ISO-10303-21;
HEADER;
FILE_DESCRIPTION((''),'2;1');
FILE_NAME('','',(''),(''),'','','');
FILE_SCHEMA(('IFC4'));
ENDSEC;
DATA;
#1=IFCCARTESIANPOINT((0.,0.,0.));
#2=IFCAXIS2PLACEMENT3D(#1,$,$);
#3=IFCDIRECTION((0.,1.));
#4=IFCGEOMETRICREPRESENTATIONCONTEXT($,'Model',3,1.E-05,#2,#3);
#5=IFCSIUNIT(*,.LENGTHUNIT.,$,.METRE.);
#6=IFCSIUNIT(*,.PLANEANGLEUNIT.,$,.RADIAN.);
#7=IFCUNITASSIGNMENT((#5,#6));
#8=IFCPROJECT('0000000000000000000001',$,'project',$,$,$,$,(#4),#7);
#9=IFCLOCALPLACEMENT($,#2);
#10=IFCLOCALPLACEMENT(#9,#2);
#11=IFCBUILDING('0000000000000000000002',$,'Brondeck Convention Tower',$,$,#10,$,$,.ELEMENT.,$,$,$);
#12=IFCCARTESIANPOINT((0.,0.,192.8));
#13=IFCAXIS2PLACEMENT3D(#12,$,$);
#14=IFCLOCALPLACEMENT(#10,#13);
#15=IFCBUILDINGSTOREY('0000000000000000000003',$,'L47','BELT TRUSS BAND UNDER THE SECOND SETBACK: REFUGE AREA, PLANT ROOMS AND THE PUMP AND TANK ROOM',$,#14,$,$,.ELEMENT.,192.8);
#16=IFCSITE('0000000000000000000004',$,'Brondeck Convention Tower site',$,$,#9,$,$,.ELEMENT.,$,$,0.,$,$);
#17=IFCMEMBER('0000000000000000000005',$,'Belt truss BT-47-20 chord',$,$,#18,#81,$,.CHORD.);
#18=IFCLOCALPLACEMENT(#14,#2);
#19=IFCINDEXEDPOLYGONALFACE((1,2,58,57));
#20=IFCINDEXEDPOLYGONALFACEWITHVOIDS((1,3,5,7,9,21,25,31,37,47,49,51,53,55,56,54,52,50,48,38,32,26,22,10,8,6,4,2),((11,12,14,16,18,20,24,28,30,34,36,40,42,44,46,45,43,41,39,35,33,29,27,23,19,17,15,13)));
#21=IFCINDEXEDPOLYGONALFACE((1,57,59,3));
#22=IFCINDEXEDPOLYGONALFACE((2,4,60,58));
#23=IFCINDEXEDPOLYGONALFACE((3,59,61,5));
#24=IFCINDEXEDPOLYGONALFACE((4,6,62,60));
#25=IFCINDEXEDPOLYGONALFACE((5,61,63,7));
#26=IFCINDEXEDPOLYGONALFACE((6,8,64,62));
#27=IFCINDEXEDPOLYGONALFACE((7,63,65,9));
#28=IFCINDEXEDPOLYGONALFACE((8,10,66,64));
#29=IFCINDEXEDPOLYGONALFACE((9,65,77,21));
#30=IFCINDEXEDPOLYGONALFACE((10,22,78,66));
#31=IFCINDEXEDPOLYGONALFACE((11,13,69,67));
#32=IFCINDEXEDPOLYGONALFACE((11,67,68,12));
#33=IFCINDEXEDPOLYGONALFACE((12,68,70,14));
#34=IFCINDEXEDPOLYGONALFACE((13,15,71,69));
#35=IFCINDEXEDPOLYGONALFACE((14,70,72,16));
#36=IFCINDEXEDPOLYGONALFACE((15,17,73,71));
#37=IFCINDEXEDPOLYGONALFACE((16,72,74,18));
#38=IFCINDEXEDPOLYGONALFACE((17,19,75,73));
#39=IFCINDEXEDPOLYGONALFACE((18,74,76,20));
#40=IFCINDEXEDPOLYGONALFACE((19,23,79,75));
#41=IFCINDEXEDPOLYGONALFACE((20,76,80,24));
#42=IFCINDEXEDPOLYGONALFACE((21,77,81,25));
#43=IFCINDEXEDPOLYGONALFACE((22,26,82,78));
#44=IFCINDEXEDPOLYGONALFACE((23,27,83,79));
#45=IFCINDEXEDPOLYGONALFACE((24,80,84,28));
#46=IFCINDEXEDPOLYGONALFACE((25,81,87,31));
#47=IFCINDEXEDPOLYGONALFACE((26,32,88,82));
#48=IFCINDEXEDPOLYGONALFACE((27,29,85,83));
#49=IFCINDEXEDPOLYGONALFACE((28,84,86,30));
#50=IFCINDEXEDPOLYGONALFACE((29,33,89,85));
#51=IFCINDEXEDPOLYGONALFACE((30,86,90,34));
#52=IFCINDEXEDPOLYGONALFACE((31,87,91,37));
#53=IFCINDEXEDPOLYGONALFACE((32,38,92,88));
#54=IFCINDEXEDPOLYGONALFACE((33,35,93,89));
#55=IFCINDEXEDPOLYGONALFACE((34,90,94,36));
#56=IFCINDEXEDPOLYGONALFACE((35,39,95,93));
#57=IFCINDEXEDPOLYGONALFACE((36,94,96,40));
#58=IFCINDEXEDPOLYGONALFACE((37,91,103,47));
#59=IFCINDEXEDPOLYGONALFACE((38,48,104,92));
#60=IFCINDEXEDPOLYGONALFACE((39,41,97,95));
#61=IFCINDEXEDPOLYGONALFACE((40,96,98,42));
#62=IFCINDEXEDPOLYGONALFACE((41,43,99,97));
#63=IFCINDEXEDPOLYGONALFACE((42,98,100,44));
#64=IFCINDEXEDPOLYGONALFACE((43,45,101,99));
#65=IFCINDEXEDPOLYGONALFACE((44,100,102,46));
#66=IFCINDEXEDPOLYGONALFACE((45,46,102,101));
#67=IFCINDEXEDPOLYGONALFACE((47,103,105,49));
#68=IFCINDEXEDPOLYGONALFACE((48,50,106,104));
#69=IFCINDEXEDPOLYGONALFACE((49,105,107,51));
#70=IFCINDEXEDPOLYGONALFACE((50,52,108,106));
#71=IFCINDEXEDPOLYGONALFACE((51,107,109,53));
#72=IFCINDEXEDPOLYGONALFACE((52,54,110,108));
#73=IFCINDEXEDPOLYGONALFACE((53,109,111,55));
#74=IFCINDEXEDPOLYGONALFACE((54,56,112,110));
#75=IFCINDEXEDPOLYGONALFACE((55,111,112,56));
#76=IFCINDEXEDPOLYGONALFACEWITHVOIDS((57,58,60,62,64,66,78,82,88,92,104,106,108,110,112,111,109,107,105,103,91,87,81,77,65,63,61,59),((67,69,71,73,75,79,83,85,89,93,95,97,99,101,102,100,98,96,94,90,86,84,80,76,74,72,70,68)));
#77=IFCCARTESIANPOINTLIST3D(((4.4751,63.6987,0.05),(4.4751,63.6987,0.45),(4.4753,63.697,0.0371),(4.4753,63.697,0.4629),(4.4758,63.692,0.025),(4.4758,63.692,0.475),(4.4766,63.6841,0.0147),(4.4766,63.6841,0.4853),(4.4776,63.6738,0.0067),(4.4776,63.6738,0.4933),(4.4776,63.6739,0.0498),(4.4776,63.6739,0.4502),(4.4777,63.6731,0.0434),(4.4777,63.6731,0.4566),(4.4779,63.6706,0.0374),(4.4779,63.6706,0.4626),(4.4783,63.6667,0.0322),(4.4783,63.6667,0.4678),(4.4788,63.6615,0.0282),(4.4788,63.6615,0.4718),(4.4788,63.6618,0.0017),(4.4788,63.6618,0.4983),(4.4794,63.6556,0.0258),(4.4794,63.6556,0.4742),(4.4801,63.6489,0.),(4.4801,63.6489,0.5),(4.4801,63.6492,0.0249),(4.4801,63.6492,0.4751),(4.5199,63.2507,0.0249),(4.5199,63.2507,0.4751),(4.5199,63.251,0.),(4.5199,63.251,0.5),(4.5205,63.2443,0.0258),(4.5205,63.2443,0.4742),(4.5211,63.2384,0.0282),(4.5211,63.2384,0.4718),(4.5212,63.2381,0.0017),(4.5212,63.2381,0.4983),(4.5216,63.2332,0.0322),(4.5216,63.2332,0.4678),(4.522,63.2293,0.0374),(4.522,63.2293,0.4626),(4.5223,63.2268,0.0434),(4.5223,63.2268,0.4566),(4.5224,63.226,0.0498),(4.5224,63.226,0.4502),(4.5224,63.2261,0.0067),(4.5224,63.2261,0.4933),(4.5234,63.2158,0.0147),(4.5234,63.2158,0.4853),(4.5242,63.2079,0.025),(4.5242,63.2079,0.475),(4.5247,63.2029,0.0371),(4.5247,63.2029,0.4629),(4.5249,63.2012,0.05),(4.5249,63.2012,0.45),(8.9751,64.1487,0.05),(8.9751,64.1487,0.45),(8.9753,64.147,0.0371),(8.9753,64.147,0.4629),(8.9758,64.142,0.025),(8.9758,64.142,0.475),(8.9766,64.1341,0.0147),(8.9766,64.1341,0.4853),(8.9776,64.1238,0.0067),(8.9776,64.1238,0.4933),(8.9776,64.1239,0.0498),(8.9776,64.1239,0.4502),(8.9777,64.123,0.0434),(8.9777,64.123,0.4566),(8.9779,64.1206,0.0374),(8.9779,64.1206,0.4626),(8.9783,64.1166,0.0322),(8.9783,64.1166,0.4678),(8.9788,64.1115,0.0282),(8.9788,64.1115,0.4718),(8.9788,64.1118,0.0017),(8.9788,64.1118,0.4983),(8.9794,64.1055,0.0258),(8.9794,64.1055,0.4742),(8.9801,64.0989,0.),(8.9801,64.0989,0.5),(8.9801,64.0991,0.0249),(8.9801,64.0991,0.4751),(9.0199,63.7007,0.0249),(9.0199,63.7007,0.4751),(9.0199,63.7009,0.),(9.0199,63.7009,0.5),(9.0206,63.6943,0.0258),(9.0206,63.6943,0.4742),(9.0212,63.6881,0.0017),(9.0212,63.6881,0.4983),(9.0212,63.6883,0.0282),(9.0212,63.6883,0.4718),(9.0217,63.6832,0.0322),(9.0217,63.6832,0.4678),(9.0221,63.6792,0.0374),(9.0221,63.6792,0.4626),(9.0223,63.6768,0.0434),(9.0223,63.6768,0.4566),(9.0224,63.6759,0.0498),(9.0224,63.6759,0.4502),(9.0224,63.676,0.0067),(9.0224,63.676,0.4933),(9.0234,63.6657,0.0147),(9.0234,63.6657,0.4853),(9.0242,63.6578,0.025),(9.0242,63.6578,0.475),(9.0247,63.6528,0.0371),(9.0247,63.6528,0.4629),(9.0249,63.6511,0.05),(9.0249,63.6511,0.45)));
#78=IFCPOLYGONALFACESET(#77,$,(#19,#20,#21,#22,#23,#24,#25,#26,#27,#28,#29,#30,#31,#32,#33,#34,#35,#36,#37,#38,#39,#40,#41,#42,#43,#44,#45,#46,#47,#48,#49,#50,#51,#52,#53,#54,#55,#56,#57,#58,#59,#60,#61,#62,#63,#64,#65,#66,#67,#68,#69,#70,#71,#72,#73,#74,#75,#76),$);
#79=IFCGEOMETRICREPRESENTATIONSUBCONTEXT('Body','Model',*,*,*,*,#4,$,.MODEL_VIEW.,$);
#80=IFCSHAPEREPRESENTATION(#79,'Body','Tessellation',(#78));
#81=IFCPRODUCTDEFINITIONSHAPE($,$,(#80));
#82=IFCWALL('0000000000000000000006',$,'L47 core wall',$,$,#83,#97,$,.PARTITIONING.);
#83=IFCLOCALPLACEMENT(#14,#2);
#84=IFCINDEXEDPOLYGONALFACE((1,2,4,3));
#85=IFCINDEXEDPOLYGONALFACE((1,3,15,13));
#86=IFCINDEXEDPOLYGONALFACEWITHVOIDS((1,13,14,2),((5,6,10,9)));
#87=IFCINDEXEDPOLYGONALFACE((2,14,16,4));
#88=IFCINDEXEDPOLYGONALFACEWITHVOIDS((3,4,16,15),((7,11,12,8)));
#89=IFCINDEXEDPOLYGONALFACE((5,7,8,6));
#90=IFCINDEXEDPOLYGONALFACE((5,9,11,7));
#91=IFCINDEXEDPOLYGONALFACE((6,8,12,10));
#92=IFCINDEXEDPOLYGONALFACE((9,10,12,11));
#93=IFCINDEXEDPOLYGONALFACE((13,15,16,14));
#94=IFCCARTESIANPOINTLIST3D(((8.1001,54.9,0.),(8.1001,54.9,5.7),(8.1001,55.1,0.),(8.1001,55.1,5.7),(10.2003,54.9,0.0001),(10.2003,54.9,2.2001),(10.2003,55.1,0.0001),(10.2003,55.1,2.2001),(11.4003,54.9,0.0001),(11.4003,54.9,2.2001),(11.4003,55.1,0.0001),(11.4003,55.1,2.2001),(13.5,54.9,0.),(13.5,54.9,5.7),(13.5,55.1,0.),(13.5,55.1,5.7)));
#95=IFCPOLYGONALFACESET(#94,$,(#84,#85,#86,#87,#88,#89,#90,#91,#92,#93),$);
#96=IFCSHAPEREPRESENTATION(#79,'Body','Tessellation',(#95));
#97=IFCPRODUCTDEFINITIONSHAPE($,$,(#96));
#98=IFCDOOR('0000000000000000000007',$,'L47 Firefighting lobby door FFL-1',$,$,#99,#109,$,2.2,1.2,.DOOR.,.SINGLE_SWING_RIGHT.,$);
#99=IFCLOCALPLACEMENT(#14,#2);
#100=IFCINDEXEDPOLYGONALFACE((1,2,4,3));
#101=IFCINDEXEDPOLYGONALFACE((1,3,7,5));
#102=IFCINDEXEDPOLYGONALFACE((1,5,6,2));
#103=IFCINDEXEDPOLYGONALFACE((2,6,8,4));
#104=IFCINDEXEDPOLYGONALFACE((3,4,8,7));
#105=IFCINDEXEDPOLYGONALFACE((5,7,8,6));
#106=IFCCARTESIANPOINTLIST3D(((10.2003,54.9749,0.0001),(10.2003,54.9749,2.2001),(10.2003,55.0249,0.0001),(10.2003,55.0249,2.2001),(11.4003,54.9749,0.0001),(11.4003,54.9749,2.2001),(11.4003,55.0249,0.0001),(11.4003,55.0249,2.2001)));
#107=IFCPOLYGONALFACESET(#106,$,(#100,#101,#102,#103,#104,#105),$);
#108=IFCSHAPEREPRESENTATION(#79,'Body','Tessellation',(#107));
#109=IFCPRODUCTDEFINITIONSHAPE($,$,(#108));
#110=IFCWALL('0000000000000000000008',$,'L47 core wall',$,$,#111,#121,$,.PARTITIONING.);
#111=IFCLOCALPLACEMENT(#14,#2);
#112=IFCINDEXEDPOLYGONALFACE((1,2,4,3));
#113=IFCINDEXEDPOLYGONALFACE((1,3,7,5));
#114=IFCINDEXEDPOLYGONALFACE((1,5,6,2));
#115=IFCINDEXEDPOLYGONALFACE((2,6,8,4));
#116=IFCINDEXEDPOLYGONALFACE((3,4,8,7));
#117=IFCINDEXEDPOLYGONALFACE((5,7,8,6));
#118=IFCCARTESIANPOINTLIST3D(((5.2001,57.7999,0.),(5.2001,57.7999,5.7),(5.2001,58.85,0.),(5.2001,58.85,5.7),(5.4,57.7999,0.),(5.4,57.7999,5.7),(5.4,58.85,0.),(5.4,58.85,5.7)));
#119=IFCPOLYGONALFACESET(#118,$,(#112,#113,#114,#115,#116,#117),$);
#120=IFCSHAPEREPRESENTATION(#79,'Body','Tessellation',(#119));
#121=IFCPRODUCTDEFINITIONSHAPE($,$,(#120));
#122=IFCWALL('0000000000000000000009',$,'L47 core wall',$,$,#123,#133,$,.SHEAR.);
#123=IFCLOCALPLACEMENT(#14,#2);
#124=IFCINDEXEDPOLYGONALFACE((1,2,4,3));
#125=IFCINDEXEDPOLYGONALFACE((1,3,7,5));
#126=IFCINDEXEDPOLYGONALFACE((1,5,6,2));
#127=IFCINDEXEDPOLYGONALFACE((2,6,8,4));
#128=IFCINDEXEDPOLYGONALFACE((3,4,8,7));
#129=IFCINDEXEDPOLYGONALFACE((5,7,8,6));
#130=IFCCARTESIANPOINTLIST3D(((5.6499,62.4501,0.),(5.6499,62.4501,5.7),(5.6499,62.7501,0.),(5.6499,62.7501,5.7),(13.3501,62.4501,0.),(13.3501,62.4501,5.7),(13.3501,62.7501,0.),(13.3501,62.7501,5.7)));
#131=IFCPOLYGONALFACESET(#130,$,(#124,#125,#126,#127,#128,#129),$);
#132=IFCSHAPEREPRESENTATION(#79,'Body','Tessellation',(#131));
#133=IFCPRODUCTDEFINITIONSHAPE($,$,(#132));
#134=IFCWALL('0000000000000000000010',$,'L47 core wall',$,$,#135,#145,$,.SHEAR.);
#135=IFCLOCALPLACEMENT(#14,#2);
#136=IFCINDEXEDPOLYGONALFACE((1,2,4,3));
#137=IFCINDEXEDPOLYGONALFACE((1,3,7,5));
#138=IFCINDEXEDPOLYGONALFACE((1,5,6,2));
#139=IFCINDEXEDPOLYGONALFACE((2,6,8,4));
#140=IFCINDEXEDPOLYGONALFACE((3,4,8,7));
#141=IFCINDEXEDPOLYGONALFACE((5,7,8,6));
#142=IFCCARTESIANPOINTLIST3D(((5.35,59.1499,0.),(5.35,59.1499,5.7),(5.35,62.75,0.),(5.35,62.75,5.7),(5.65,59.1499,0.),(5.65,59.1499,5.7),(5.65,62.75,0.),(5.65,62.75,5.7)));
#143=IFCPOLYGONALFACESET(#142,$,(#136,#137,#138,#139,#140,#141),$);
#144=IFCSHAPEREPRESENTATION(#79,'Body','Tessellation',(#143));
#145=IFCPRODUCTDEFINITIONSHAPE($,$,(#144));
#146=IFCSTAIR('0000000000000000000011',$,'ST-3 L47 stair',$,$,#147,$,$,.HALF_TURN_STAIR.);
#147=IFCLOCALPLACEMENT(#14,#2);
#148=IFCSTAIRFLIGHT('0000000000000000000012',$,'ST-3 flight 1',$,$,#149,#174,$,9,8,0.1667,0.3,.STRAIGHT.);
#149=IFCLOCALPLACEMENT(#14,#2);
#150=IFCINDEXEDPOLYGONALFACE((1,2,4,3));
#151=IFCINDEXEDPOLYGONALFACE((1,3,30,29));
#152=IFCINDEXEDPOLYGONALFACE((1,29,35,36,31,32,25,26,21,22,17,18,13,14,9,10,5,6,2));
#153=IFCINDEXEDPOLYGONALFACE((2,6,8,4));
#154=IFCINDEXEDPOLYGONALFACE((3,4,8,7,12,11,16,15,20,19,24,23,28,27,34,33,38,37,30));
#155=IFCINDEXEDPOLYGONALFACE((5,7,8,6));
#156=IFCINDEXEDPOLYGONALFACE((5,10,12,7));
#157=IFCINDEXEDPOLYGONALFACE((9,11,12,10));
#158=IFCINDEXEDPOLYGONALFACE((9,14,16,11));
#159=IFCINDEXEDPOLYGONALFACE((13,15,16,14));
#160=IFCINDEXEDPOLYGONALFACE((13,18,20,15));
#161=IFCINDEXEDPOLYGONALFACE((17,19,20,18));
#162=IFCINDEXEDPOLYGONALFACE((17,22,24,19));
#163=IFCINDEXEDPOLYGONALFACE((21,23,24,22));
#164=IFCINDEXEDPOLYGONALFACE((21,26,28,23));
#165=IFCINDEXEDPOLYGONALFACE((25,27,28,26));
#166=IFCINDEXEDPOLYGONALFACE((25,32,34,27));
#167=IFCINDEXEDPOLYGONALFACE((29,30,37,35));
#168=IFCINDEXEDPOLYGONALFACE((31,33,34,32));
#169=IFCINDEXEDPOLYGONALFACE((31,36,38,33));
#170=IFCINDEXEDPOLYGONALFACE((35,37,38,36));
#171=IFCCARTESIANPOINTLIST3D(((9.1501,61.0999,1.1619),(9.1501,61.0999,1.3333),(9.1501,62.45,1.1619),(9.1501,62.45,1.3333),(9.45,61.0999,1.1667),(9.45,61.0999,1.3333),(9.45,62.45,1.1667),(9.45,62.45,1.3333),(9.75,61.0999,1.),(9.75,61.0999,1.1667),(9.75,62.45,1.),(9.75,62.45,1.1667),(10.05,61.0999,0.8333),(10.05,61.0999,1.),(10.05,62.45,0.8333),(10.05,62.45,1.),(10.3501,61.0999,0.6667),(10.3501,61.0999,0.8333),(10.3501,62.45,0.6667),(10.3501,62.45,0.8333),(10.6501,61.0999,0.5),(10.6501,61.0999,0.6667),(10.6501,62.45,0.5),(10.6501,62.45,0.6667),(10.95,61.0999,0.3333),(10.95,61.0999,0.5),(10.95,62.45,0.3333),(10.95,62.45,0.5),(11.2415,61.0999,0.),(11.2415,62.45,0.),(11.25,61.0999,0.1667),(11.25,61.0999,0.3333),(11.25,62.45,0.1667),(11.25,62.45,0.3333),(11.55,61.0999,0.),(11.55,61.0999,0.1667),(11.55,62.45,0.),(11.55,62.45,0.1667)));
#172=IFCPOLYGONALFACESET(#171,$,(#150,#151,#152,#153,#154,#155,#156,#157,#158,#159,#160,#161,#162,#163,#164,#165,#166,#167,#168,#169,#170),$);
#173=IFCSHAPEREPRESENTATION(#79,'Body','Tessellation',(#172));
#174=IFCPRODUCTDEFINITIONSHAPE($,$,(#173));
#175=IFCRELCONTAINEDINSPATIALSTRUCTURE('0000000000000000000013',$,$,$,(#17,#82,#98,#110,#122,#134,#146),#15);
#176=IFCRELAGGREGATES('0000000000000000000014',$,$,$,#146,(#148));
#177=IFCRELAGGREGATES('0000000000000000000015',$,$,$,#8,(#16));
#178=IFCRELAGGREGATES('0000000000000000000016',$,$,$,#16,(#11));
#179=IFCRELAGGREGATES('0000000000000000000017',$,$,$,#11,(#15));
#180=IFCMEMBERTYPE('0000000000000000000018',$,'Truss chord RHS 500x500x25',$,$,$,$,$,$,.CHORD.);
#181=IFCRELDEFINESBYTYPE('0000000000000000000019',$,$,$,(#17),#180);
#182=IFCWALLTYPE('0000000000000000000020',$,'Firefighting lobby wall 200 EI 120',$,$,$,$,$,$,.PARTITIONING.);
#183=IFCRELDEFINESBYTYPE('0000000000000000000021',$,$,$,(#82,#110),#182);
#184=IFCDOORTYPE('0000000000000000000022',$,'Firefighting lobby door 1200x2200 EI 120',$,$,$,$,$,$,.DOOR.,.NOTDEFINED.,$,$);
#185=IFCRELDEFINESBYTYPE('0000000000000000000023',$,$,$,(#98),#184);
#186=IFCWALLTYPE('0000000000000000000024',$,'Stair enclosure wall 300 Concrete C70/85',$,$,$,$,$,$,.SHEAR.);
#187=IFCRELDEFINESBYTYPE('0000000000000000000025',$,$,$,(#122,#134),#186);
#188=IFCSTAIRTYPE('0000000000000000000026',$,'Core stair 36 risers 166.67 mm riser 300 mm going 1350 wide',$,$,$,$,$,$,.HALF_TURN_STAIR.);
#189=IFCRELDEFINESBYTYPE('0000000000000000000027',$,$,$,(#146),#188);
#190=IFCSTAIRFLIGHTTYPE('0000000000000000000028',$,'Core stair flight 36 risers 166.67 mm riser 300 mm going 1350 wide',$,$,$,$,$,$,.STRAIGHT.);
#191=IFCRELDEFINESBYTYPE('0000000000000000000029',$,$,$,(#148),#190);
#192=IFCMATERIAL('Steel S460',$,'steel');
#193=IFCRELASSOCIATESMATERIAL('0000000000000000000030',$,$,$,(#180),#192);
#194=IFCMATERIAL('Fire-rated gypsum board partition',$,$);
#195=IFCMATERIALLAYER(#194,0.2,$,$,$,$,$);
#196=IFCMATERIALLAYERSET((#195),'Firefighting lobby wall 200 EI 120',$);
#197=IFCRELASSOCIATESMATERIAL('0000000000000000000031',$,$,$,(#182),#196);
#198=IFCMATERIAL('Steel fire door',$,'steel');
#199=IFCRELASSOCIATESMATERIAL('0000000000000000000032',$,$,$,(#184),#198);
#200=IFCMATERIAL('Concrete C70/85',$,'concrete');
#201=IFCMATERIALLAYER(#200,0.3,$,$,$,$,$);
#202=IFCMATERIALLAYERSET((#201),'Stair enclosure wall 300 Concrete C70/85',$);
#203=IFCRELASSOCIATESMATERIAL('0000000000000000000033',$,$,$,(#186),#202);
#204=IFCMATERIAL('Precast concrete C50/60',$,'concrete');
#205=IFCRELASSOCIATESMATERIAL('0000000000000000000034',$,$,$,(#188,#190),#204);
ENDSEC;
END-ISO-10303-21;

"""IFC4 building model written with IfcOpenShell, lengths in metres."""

from ifc_helpers import new_model, si_unit, direction, frame, frame_2d, origin, origin_2d, place, context, subcontext, project, spatial, polyline, rectangle, hollow_rectangle, outline, extrude, material, layer, layer_set, material_profile, profile_set, type_object, element, fill, aggregate, save


model = new_model("IFC4")

# Units and contexts
model_context = context("Model", 3, precision=1e-05, world=origin(), true_north=direction((0.0, 1.0)))
body_context = subcontext(model_context, "Body", "Model", "MODEL_VIEW")
ifc_project = project(units=[si_unit("LENGTHUNIT", "METRE"), si_unit("PLANEANGLEUNIT", "RADIAN")], contexts=[model_context])

# Site, building, storey
site_placement = place(None, origin())
site = spatial("IfcSite", under=ifc_project, at=site_placement, Name="Brondeck Convention Tower site", CompositionType="ELEMENT", RefElevation=0.0)
building_placement = place(site_placement, origin())
building = spatial("IfcBuilding", under=site, at=building_placement, Name="Brondeck Convention Tower", CompositionType="ELEMENT")
storey_placement = place(building_placement, frame((0.0, 0.0, 192.8)))
storey = spatial("IfcBuildingStorey", under=building, at=storey_placement, Name="L47", Description="BELT TRUSS BAND UNDER THE SECOND SETBACK: REFUGE AREA, PLANT ROOMS AND THE PUMP AND TANK ROOM", CompositionType="ELEMENT", Elevation=192.8)

# Shared definitions
ifc_material_1 = material(Name="Concrete C70/85", Category="concrete")

# Shared definitions
ifc_material_2 = material(Name="Steel S460", Category="steel")

# Member
ifc_material_profile_1 = material_profile(ifc_material_2, hollow_rectangle(XDim=0.5, YDim=0.5, WallThickness=0.0249, InnerFilletRadius=0.0249, OuterFilletRadius=0.05, at=origin_2d()), Name="RHS 500x500x25")
ifc_profile_set_1 = profile_set([ifc_material_profile_1], Name="Steel S460")
member_type_1 = type_object("IfcMemberType", Name="Truss chord RHS 500x500x25", PredefinedType="CHORD", material=ifc_profile_set_1)
member_placement = place(storey_placement, frame((9.0, 63.8999, 0.25), z_axis=(-0.995038, -0.099493, 0.0), x_axis=(0.099493, -0.995038, 0.0)))
element("IfcMember", 1, at=member_placement, inside=storey, type_object=member_type_1, Name="Belt truss BT-47-20 chord", PredefinedType="CHORD", context=body_context, shape_type="SweptSolid", body=[
    extrude(hollow_rectangle(XDim=0.5, YDim=0.5, WallThickness=0.0249, InnerFilletRadius=0.0249, OuterFilletRadius=0.05, at=origin_2d()), origin(), (0.0, 0.0, 1.0), 4.5225),
])

# Wall, opening, door
ifc_material_3 = material(Name="Fire-rated gypsum board partition")
ifc_layer_1 = layer(ifc_material_3, 0.2)
ifc_layer_set_1 = layer_set([ifc_layer_1], Name="Firefighting lobby wall 200 EI 120")
wall_type_1 = type_object("IfcWallType", Name="Firefighting lobby wall 200 EI 120", PredefinedType="PARTITIONING", material=ifc_layer_set_1)
wall_1_placement = place(storey_placement, frame((8.1001, 55.0, 0.0), z_axis=(0.0, 0.0, 1.0), x_axis=(1.0, 0.0, 0.0)))
wall_1 = element("IfcWall", 2, at=wall_1_placement, inside=storey, type_object=wall_type_1, Name="L47 core wall", PredefinedType="PARTITIONING", context=body_context, shape_type="SweptSolid", body=[
    extrude(rectangle(XDim=5.3999, YDim=0.2, at=frame_2d((2.7, 0.0))), origin(), (0.0, 0.0, 1.0), 5.7),
])
opening_placement = place(wall_1_placement, frame((2.1001, 0.0, 0.0)))
opening = element("IfcOpeningElement", 3, at=opening_placement, cuts=wall_1, PredefinedType="OPENING", context=body_context, shape_type="SweptSolid", body=[
    extrude(rectangle(XDim=1.2, YDim=2.2, at=frame_2d((0.6001, 1.1001))), frame((0.0, 0.1099, 0.0), z_axis=(0.0, -1.0, 0.0), x_axis=(1.0, 0.0, 0.0)), (0.0, 0.0, 1.0), 0.22),
])
ifc_material_4 = material(Name="Steel fire door", Category="steel")
door_type = type_object("IfcDoorType", Name="Firefighting lobby door 1200x2200 EI 120", OperationType="NOTDEFINED", PredefinedType="DOOR", material=ifc_material_4)
door_placement = place(opening_placement, origin())
door = element("IfcDoor", 4, at=door_placement, inside=storey, type_object=door_type, Name="L47 Firefighting lobby door FFL-1", OperationType="SINGLE_SWING_RIGHT", OverallHeight=2.2, OverallWidth=1.2, PredefinedType="DOOR", context=body_context, shape_type="SweptSolid", body=[
    extrude(rectangle(XDim=1.2, YDim=2.2, at=frame_2d((0.6001, 1.1001))), frame((0.0, 0.0249, 0.0), z_axis=(0.0, -1.0, 0.0), x_axis=(1.0, 0.0, 0.0)), (0.0, 0.0, 1.0), 0.05),
])
fill(opening, door)

# Walls
wall_2_placement = place(storey_placement, frame((5.3, 57.8, 0.0), z_axis=(0.0, 0.0, 1.0), x_axis=(0.0, 1.0, 0.0)))
element("IfcWall", 5, at=wall_2_placement, inside=storey, type_object=wall_type_1, Name="L47 core wall", PredefinedType="PARTITIONING", context=body_context, shape_type="SweptSolid", body=[
    extrude(rectangle(XDim=1.05, YDim=0.2, at=frame_2d((0.5249, 0.0))), origin(), (0.0, 0.0, 1.0), 5.7),
])
ifc_layer_2 = layer(ifc_material_1, 0.3)
ifc_layer_set_2 = layer_set([ifc_layer_2], Name="Stair enclosure wall 300 Concrete C70/85")
wall_type_2 = type_object("IfcWallType", Name="Stair enclosure wall 300 Concrete C70/85", PredefinedType="SHEAR", material=ifc_layer_set_2)
wall_3_placement = place(storey_placement, frame((5.6499, 62.6001, 0.0), z_axis=(0.0, 0.0, 1.0), x_axis=(1.0, 0.0, 0.0)))
element("IfcWall", 6, at=wall_3_placement, inside=storey, type_object=wall_type_2, Name="L47 core wall", PredefinedType="SHEAR", context=body_context, shape_type="SweptSolid", body=[
    extrude(rectangle(XDim=7.7002, YDim=0.3, at=frame_2d((3.8501, 0.0))), origin(), (0.0, 0.0, 1.0), 5.7),
])
wall_4_placement = place(storey_placement, frame((5.5, 59.1499, 0.0), z_axis=(0.0, 0.0, 1.0), x_axis=(0.0, 1.0, 0.0)))
element("IfcWall", 7, at=wall_4_placement, inside=storey, type_object=wall_type_2, Name="L47 core wall", PredefinedType="SHEAR", context=body_context, shape_type="SweptSolid", body=[
    extrude(rectangle(XDim=3.6001, YDim=0.3, at=frame_2d((1.8, 0.0))), origin(), (0.0, 0.0, 1.0), 5.7),
])

# Stair, stair flight
ifc_material_5 = material(Name="Precast concrete C50/60", Category="concrete")
stair_type = type_object("IfcStairType", Name="Core stair 36 risers 166.67 mm riser 300 mm going 1350 wide", PredefinedType="HALF_TURN_STAIR", material=ifc_material_5)
stair_placement = place(storey_placement, origin())
stair = element("IfcStair", 8, at=stair_placement, inside=storey, type_object=stair_type, Name="ST-3 L47 stair", PredefinedType="HALF_TURN_STAIR")
stair_flight_type = type_object("IfcStairFlightType", Name="Core stair flight 36 risers 166.67 mm riser 300 mm going 1350 wide", PredefinedType="STRAIGHT", material=ifc_material_5)
stair_flight_1_placement = place(storey_placement, frame((11.55, 61.7749, 0.0), z_axis=(0.0, 0.0, 1.0), x_axis=(-1.0, 0.0, 0.0)))
stair_flight_1 = element("IfcStairFlight", 9, at=stair_flight_1_placement, type_object=stair_flight_type, Name="ST-3 flight 1", NumberOfRisers=9, NumberOfTreads=8, PredefinedType="STRAIGHT", RiserHeight=0.1667, TreadLength=0.3, context=body_context, shape_type="SweptSolid", body=[
    extrude(outline(polyline([(0.0, 0.0), (0.0, 0.1667), (0.3, 0.1667), (0.3, 0.3333), (0.6001, 0.3333), (0.6001, 0.5), (0.8999, 0.5), (0.8999, 0.6667), (1.2, 0.6667), (1.2, 0.8333), (1.5, 0.8333), (1.5, 1.0), (1.8, 1.0), (1.8, 1.1667), (2.1001, 1.1667), (2.1001, 1.3333), (2.3999, 1.3333), (2.3999, 1.5), (2.3999, 1.1619), (0.3086, 0.0), (0.0, 0.0)])), frame((0.0, 0.675, 0.0), z_axis=(0.0, -1.0, 0.0), x_axis=(1.0, 0.0, 0.0)), (0.0, 0.0, 1.0), 1.3501),
])
aggregate(stair, [stair_flight_1])

save(model, "model.ifc")
